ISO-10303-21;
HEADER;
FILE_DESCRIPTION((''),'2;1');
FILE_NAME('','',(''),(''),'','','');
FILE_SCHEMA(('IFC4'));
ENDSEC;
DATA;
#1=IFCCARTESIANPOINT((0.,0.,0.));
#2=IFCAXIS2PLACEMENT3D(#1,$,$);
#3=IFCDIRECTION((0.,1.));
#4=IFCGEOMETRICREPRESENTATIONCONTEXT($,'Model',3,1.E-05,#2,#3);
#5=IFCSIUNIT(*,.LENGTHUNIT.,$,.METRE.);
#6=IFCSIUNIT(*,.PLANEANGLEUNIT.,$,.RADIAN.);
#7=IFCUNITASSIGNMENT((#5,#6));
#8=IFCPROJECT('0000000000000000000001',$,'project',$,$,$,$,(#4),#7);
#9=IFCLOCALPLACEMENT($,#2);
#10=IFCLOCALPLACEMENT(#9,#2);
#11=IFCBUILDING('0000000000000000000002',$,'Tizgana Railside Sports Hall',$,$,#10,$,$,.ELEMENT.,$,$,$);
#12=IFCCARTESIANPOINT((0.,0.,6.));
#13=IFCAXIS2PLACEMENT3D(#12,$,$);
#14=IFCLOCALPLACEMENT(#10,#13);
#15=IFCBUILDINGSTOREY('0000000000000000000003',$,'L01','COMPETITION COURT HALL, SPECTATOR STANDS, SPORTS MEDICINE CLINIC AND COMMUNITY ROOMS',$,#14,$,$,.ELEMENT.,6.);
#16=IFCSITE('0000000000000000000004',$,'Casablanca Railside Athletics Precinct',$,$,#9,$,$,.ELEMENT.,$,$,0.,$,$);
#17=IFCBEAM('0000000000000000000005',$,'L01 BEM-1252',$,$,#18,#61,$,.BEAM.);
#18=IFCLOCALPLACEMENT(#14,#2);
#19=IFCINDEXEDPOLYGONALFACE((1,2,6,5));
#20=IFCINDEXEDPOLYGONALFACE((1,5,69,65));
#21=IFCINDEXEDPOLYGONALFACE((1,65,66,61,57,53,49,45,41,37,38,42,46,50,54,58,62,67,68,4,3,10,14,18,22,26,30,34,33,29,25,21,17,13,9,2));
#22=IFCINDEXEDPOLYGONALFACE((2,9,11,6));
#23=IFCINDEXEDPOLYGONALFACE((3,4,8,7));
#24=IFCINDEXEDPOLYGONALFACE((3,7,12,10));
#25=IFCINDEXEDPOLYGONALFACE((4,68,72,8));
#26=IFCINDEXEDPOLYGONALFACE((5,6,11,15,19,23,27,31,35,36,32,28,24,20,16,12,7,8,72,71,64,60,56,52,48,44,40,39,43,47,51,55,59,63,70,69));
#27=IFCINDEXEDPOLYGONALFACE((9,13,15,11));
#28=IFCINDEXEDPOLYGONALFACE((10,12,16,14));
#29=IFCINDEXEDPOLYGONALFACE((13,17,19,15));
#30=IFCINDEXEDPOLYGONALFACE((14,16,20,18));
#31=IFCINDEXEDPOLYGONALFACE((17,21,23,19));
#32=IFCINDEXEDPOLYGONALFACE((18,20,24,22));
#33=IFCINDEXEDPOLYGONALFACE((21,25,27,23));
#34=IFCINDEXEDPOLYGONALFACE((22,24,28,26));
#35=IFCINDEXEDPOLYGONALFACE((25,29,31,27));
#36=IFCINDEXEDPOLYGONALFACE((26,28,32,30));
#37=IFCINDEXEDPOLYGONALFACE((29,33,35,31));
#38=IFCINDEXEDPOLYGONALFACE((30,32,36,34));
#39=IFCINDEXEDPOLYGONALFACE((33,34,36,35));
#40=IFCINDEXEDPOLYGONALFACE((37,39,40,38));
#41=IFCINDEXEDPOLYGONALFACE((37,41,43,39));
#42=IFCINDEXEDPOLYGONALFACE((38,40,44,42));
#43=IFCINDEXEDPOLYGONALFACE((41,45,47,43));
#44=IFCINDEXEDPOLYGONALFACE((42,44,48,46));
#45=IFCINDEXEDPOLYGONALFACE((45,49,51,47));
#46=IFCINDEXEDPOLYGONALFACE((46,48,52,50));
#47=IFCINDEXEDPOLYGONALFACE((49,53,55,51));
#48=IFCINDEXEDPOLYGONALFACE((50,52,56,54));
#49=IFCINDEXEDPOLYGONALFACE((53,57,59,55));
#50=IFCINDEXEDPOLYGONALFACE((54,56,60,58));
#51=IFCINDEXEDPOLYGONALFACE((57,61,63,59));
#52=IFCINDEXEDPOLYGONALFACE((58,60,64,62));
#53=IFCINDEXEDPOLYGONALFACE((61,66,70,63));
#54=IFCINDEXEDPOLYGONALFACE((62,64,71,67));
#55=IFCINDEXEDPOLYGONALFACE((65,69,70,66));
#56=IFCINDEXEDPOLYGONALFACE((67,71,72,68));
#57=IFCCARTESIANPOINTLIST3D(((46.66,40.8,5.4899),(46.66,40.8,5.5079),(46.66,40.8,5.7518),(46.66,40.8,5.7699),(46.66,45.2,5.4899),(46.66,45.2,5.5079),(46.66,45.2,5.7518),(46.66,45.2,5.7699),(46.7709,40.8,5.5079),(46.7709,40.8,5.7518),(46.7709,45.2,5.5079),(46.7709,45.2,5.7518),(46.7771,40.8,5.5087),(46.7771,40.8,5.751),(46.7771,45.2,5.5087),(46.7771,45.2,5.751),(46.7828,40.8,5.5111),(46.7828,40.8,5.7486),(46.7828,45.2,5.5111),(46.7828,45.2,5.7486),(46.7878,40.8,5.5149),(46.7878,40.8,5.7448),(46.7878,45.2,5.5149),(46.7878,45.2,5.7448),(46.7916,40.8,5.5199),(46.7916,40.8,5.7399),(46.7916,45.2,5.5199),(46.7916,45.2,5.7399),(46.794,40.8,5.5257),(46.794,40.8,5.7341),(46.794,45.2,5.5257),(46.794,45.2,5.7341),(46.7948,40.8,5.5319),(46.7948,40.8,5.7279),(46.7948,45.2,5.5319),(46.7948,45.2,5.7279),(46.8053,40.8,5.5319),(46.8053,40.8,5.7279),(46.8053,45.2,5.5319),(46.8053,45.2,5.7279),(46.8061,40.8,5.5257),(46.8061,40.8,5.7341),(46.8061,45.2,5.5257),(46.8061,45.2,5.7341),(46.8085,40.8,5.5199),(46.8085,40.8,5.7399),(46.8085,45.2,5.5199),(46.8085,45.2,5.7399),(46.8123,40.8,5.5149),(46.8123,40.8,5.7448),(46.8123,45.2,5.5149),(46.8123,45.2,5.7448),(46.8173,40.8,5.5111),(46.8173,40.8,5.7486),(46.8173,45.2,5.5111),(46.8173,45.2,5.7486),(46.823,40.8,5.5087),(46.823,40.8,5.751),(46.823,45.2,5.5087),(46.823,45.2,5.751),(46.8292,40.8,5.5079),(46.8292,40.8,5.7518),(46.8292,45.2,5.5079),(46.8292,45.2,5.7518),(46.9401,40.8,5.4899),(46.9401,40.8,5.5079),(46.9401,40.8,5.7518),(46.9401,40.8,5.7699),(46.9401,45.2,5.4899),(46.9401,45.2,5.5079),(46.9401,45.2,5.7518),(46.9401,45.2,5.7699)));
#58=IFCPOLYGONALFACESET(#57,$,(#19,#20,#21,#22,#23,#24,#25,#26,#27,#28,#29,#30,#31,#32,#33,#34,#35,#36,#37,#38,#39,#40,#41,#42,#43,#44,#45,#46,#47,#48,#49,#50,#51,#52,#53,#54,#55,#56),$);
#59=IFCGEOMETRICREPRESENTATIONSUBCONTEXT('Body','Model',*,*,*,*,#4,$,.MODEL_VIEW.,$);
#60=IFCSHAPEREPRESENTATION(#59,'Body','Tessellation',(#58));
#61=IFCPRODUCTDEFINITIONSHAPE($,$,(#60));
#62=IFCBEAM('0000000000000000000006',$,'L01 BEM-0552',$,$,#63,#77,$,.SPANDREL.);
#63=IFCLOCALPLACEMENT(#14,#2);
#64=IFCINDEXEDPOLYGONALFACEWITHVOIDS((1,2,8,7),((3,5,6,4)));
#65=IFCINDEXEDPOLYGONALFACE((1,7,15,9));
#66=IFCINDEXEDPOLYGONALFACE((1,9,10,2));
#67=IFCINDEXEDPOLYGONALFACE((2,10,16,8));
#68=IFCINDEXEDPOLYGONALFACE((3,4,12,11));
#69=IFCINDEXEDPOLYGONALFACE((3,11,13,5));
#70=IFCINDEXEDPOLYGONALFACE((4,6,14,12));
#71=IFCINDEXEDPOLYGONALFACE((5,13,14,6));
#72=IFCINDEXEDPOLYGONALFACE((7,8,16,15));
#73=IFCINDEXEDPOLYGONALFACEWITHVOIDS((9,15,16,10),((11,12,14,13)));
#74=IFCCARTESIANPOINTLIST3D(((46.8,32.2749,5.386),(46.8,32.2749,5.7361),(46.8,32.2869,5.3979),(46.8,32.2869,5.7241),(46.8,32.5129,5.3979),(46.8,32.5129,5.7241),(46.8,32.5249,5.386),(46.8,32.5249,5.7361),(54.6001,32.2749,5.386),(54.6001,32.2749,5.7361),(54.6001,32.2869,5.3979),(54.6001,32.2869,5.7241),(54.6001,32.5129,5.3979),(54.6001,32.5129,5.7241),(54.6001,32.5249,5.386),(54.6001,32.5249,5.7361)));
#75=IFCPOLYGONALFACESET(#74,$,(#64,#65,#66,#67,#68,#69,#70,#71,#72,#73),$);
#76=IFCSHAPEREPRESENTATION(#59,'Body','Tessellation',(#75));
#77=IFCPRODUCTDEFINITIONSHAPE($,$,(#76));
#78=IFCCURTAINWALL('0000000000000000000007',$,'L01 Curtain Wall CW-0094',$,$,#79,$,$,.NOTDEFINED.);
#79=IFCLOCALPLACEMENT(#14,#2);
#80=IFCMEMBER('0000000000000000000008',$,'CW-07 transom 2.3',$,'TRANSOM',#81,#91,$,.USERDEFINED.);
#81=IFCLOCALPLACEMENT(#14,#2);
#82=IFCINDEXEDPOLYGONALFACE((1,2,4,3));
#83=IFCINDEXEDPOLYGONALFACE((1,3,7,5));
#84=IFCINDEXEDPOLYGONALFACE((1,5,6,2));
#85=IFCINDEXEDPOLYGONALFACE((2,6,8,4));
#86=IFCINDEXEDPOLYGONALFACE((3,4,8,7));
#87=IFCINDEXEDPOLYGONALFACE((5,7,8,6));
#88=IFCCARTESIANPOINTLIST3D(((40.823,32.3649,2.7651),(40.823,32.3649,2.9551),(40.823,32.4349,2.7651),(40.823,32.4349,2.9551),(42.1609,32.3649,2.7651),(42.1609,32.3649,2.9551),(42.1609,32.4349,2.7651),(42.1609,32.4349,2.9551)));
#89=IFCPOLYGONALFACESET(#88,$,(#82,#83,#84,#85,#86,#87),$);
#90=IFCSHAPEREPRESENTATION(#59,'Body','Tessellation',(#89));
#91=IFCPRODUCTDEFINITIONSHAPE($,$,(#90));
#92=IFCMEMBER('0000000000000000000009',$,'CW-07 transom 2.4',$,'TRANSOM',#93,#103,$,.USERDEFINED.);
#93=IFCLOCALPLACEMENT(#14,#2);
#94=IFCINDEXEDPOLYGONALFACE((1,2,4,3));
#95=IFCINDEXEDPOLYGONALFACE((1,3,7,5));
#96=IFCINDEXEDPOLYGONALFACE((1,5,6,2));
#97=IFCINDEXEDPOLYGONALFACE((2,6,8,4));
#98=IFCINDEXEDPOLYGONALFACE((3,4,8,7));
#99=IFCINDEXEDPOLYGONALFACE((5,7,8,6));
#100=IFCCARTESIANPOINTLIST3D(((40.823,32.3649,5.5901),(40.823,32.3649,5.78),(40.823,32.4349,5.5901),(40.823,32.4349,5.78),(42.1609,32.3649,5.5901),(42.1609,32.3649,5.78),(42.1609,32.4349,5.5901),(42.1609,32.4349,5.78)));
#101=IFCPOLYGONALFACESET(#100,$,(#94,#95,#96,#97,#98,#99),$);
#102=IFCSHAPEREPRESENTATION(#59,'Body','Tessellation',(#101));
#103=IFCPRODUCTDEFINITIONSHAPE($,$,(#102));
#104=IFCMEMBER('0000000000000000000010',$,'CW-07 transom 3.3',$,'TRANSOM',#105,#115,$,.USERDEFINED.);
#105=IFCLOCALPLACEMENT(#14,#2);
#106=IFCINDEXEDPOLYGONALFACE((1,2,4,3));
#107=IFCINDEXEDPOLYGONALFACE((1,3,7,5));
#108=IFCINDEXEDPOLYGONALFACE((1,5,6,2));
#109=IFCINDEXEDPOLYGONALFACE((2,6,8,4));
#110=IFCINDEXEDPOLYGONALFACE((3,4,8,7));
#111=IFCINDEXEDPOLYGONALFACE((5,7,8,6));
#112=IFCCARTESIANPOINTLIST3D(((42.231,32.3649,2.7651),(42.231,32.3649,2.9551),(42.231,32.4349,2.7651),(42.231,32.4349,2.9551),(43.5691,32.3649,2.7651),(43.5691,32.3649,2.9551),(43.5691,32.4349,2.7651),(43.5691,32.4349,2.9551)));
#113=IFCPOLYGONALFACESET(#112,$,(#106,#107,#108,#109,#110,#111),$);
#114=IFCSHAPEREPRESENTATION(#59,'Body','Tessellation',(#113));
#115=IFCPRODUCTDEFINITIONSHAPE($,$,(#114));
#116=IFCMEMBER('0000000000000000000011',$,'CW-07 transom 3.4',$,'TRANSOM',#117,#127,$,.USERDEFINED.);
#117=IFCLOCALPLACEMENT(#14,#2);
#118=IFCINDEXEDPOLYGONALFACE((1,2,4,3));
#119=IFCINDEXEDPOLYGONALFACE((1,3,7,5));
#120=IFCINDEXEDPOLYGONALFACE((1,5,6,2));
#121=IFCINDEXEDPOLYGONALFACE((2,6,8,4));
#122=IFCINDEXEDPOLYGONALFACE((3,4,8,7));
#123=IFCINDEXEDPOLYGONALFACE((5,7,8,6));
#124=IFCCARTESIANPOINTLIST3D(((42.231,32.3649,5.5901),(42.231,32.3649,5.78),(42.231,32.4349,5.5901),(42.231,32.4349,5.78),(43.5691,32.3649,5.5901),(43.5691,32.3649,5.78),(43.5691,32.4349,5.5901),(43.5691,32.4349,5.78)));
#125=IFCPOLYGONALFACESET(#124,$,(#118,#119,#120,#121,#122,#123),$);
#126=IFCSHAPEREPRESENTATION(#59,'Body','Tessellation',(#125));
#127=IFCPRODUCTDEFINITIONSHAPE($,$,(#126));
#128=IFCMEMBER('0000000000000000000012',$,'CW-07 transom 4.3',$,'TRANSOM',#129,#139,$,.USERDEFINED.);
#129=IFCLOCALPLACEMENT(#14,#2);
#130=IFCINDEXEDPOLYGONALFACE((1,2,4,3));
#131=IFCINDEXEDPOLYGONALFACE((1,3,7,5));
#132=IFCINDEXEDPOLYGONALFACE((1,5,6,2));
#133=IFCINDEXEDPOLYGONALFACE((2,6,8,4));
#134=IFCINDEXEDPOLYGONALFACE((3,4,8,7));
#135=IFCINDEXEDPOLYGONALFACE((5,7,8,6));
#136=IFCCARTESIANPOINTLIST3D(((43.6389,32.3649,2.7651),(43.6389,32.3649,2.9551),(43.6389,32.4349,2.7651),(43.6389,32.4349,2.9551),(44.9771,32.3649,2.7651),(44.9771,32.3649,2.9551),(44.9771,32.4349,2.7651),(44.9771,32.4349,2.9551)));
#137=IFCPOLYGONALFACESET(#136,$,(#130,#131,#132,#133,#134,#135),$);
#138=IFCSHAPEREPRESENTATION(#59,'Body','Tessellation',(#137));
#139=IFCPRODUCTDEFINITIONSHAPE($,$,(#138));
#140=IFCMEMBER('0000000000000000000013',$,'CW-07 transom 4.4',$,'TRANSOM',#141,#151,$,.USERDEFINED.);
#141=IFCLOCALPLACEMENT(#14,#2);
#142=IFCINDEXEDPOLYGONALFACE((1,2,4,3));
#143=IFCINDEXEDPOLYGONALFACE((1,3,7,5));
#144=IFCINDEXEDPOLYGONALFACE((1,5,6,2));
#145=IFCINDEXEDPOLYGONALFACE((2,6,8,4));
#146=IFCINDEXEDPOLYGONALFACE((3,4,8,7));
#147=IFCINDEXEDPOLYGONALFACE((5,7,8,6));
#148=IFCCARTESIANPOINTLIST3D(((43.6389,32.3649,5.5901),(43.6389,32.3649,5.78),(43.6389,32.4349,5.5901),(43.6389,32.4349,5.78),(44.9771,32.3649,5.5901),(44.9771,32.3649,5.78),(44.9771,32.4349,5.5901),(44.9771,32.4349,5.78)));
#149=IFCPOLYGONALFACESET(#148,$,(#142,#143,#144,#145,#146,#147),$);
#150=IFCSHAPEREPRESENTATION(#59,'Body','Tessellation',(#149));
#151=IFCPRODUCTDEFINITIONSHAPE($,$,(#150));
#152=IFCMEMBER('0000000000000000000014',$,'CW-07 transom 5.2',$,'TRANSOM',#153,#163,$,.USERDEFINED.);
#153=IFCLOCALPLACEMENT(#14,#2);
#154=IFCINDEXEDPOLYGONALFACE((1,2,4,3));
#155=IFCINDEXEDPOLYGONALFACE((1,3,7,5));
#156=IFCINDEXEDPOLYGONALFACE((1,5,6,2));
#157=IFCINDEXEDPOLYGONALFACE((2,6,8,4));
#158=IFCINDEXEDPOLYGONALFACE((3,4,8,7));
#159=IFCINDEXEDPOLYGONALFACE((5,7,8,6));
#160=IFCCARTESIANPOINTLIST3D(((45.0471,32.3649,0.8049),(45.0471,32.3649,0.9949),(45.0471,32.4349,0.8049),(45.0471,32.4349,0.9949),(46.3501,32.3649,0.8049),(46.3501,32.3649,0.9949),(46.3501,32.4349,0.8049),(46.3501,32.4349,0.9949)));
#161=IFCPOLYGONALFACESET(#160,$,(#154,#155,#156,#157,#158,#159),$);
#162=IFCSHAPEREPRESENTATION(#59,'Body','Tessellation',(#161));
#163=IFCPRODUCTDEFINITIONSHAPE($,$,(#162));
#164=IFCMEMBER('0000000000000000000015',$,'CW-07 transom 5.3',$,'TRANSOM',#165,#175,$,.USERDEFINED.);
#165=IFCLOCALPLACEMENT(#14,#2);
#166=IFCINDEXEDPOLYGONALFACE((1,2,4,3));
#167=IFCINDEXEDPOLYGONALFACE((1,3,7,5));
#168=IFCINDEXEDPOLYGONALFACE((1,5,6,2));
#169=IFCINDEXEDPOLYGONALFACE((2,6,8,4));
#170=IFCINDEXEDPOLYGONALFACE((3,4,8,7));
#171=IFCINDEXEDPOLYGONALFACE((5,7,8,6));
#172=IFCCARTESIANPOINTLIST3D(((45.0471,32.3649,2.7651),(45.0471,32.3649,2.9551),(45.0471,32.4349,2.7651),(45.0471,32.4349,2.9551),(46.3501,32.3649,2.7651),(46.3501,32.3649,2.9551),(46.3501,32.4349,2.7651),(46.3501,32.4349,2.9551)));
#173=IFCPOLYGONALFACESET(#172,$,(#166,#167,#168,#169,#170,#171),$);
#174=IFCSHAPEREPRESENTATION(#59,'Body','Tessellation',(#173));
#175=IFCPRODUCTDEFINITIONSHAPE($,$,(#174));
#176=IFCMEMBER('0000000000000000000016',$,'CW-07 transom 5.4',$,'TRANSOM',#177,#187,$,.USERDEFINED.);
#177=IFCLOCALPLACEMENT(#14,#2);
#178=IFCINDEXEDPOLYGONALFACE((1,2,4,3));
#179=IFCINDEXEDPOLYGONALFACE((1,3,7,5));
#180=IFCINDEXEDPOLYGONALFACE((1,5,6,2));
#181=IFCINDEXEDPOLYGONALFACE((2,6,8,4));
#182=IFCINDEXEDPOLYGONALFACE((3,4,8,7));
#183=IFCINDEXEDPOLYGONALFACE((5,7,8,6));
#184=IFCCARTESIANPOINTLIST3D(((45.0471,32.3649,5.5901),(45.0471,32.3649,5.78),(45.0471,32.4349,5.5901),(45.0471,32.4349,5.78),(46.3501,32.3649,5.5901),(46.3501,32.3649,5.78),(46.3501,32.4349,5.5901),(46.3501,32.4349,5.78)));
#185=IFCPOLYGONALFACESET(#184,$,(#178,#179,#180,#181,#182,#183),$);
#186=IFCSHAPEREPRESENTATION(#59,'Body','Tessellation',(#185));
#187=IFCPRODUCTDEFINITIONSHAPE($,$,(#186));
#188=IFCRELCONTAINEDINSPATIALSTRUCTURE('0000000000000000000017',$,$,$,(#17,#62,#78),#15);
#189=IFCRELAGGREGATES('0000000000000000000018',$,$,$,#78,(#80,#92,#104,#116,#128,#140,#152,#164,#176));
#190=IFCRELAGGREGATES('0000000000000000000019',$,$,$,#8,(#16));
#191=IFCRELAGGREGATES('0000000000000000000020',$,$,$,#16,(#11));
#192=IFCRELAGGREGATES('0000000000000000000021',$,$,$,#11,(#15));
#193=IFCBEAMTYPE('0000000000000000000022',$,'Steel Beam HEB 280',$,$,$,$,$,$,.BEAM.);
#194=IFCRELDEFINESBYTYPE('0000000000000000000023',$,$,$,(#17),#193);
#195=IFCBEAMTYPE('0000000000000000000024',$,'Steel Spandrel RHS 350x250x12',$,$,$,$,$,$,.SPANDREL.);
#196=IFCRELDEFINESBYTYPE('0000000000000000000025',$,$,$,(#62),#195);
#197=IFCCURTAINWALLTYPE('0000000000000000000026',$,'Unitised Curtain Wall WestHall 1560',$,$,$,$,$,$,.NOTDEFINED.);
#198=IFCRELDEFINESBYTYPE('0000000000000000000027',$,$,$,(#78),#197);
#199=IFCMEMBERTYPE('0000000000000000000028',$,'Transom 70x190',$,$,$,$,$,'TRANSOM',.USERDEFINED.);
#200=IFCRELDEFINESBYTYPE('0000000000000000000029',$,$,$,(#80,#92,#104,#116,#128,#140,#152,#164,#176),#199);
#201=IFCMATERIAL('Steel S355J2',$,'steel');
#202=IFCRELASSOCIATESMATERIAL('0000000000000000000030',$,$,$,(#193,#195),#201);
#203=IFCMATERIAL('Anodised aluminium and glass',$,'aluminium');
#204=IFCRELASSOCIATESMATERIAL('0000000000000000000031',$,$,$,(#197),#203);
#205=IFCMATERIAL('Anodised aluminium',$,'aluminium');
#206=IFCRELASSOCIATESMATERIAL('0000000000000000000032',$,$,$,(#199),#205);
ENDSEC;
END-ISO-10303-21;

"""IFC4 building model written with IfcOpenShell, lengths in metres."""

from ifc_helpers import new_model, si_unit, direction, frame, origin, origin_2d, place, context, subcontext, project, spatial, rectangle, hollow_rectangle, i_section, extrude, material, material_profile, profile_set, type_object, element, aggregate, save


model = new_model("IFC4")

# Units and contexts
model_context = context("Model", 3, precision=1e-05, world=origin(), true_north=direction((0.0, 1.0)))
body_context = subcontext(model_context, "Body", "Model", "MODEL_VIEW")
ifc_project = project(units=[si_unit("LENGTHUNIT", "METRE"), si_unit("PLANEANGLEUNIT", "RADIAN")], contexts=[model_context])

# Site, building, storey
site_placement = place(None, origin())
site = spatial("IfcSite", under=ifc_project, at=site_placement, Name="Casablanca Railside Athletics Precinct", CompositionType="ELEMENT", RefElevation=0.0)
building_placement = place(site_placement, origin())
building = spatial("IfcBuilding", under=site, at=building_placement, Name="Tizgana Railside Sports Hall", CompositionType="ELEMENT")
storey_placement = place(building_placement, frame((0.0, 0.0, 6.0)))
storey = spatial("IfcBuildingStorey", under=building, at=storey_placement, Name="L01", Description="COMPETITION COURT HALL, SPECTATOR STANDS, SPORTS MEDICINE CLINIC AND COMMUNITY ROOMS", CompositionType="ELEMENT", Elevation=6.0)

# Beams
ifc_material_1 = material(Name="Steel S355J2", Category="steel")
ifc_material_profile_1 = material_profile(ifc_material_1, i_section(OverallWidth=0.28, OverallDepth=0.28, WebThickness=0.0105, FlangeThickness=0.0181, FilletRadius=0.0239, at=origin_2d()), Name="HEB 280")
ifc_profile_set_1 = profile_set([ifc_material_profile_1], Name="Steel S355J2")
beam_type_1 = type_object("IfcBeamType", Name="Steel Beam HEB 280", PredefinedType="BEAM", material=ifc_profile_set_1)
beam_1_placement = place(storey_placement, frame((46.8, 40.8, 5.6299), z_axis=(0.0, 1.0, 0.0), x_axis=(-1.0, 0.0, 0.0)))
element("IfcBeam", 1, at=beam_1_placement, inside=storey, type_object=beam_type_1, Name="L01 BEM-1252", PredefinedType="BEAM", context=body_context, shape_type="SweptSolid", body=[
    extrude(i_section(OverallWidth=0.28, OverallDepth=0.28, WebThickness=0.0105, FlangeThickness=0.0181, FilletRadius=0.0239, at=origin_2d()), origin(), (0.0, 0.0, 1.0), 4.3999),
])
ifc_material_profile_2 = material_profile(ifc_material_1, hollow_rectangle(XDim=0.25, YDim=0.3501, WallThickness=0.012, at=origin_2d()), Name="RHS 350x250x12")
ifc_profile_set_2 = profile_set([ifc_material_profile_2], Name="Steel S355J2")
beam_type_2 = type_object("IfcBeamType", Name="Steel Spandrel RHS 350x250x12", PredefinedType="SPANDREL", material=ifc_profile_set_2)
beam_2_placement = place(storey_placement, frame((46.8, 32.3999, 5.561), z_axis=(1.0, 0.0, 0.0), x_axis=(0.0, 1.0, 0.0)))
element("IfcBeam", 2, at=beam_2_placement, inside=storey, type_object=beam_type_2, Name="L01 BEM-0552", PredefinedType="SPANDREL", context=body_context, shape_type="SweptSolid", body=[
    extrude(hollow_rectangle(XDim=0.25, YDim=0.3501, WallThickness=0.012, at=origin_2d()), origin(), (0.0, 0.0, 1.0), 7.8),
])

# Curtain wall, members
ifc_material_2 = material(Name="Anodised aluminium and glass", Category="aluminium")
curtain_wall_type = type_object("IfcCurtainWallType", Name="Unitised Curtain Wall WestHall 1560", PredefinedType="NOTDEFINED", material=ifc_material_2)
curtain_wall_placement = place(storey_placement, origin())
curtain_wall = element("IfcCurtainWall", 3, at=curtain_wall_placement, inside=storey, type_object=curtain_wall_type, Name="L01 Curtain Wall CW-0094", PredefinedType="NOTDEFINED")
ifc_material_3 = material(Name="Anodised aluminium", Category="aluminium")
ifc_material_profile_3 = material_profile(ifc_material_3, rectangle(XDim=0.0701, YDim=0.1899, at=origin_2d()), Name="Transom 70x190")
ifc_profile_set_3 = profile_set([ifc_material_profile_3], Name="Anodised aluminium")
member_type = type_object("IfcMemberType", Name="Transom 70x190", ElementType="TRANSOM", PredefinedType="USERDEFINED", material=ifc_profile_set_3)
member_1_placement = place(storey_placement, frame((40.823, 32.3999, 2.8601), z_axis=(1.0, 0.0, 0.0), x_axis=(0.0, 1.0, 0.0)))
member_1 = element("IfcMember", 4, at=member_1_placement, type_object=member_type, Name="CW-07 transom 2.3", ObjectType="TRANSOM", PredefinedType="USERDEFINED", context=body_context, shape_type="SweptSolid", body=[
    extrude(rectangle(XDim=0.0701, YDim=0.1899, at=origin_2d()), origin(), (0.0, 0.0, 1.0), 1.3379),
])
member_2_placement = place(storey_placement, frame((40.823, 32.3999, 5.6851), z_axis=(1.0, 0.0, 0.0), x_axis=(0.0, 1.0, 0.0)))
member_2 = element("IfcMember", 5, at=member_2_placement, type_object=member_type, Name="CW-07 transom 2.4", ObjectType="TRANSOM", PredefinedType="USERDEFINED", context=body_context, shape_type="SweptSolid", body=[
    extrude(rectangle(XDim=0.0701, YDim=0.1899, at=origin_2d()), origin(), (0.0, 0.0, 1.0), 1.3379),
])
member_3_placement = place(storey_placement, frame((42.231, 32.3999, 2.8601), z_axis=(1.0, 0.0, 0.0), x_axis=(0.0, 1.0, 0.0)))
member_3 = element("IfcMember", 6, at=member_3_placement, type_object=member_type, Name="CW-07 transom 3.3", ObjectType="TRANSOM", PredefinedType="USERDEFINED", context=body_context, shape_type="SweptSolid", body=[
    extrude(rectangle(XDim=0.0701, YDim=0.1899, at=origin_2d()), origin(), (0.0, 0.0, 1.0), 1.3381),
])
member_4_placement = place(storey_placement, frame((42.231, 32.3999, 5.6851), z_axis=(1.0, 0.0, 0.0), x_axis=(0.0, 1.0, 0.0)))
member_4 = element("IfcMember", 7, at=member_4_placement, type_object=member_type, Name="CW-07 transom 3.4", ObjectType="TRANSOM", PredefinedType="USERDEFINED", context=body_context, shape_type="SweptSolid", body=[
    extrude(rectangle(XDim=0.0701, YDim=0.1899, at=origin_2d()), origin(), (0.0, 0.0, 1.0), 1.3381),
])
member_5_placement = place(storey_placement, frame((43.6389, 32.3999, 2.8601), z_axis=(1.0, 0.0, 0.0), x_axis=(0.0, 1.0, 0.0)))
member_5 = element("IfcMember", 8, at=member_5_placement, type_object=member_type, Name="CW-07 transom 4.3", ObjectType="TRANSOM", PredefinedType="USERDEFINED", context=body_context, shape_type="SweptSolid", body=[
    extrude(rectangle(XDim=0.0701, YDim=0.1899, at=origin_2d()), origin(), (0.0, 0.0, 1.0), 1.3381),
])
member_6_placement = place(storey_placement, frame((43.6389, 32.3999, 5.6851), z_axis=(1.0, 0.0, 0.0), x_axis=(0.0, 1.0, 0.0)))
member_6 = element("IfcMember", 9, at=member_6_placement, type_object=member_type, Name="CW-07 transom 4.4", ObjectType="TRANSOM", PredefinedType="USERDEFINED", context=body_context, shape_type="SweptSolid", body=[
    extrude(rectangle(XDim=0.0701, YDim=0.1899, at=origin_2d()), origin(), (0.0, 0.0, 1.0), 1.3381),
])
member_7_placement = place(storey_placement, frame((45.0471, 32.3999, 0.8999), z_axis=(1.0, 0.0, 0.0), x_axis=(0.0, 1.0, 0.0)))
member_7 = element("IfcMember", 10, at=member_7_placement, type_object=member_type, Name="CW-07 transom 5.2", ObjectType="TRANSOM", PredefinedType="USERDEFINED", context=body_context, shape_type="SweptSolid", body=[
    extrude(rectangle(XDim=0.0701, YDim=0.1899, at=origin_2d()), origin(), (0.0, 0.0, 1.0), 1.303),
])
member_8_placement = place(storey_placement, frame((45.0471, 32.3999, 2.8601), z_axis=(1.0, 0.0, 0.0), x_axis=(0.0, 1.0, 0.0)))
member_8 = element("IfcMember", 11, at=member_8_placement, type_object=member_type, Name="CW-07 transom 5.3", ObjectType="TRANSOM", PredefinedType="USERDEFINED", context=body_context, shape_type="SweptSolid", body=[
    extrude(rectangle(XDim=0.0701, YDim=0.1899, at=origin_2d()), origin(), (0.0, 0.0, 1.0), 1.303),
])
member_9_placement = place(storey_placement, frame((45.0471, 32.3999, 5.6851), z_axis=(1.0, 0.0, 0.0), x_axis=(0.0, 1.0, 0.0)))
member_9 = element("IfcMember", 12, at=member_9_placement, type_object=member_type, Name="CW-07 transom 5.4", ObjectType="TRANSOM", PredefinedType="USERDEFINED", context=body_context, shape_type="SweptSolid", body=[
    extrude(rectangle(XDim=0.0701, YDim=0.1899, at=origin_2d()), origin(), (0.0, 0.0, 1.0), 1.303),
])
aggregate(curtain_wall, [member_1, member_2, member_3, member_4, member_5, member_6, member_7, member_8, member_9])

save(model, "model.ifc")
